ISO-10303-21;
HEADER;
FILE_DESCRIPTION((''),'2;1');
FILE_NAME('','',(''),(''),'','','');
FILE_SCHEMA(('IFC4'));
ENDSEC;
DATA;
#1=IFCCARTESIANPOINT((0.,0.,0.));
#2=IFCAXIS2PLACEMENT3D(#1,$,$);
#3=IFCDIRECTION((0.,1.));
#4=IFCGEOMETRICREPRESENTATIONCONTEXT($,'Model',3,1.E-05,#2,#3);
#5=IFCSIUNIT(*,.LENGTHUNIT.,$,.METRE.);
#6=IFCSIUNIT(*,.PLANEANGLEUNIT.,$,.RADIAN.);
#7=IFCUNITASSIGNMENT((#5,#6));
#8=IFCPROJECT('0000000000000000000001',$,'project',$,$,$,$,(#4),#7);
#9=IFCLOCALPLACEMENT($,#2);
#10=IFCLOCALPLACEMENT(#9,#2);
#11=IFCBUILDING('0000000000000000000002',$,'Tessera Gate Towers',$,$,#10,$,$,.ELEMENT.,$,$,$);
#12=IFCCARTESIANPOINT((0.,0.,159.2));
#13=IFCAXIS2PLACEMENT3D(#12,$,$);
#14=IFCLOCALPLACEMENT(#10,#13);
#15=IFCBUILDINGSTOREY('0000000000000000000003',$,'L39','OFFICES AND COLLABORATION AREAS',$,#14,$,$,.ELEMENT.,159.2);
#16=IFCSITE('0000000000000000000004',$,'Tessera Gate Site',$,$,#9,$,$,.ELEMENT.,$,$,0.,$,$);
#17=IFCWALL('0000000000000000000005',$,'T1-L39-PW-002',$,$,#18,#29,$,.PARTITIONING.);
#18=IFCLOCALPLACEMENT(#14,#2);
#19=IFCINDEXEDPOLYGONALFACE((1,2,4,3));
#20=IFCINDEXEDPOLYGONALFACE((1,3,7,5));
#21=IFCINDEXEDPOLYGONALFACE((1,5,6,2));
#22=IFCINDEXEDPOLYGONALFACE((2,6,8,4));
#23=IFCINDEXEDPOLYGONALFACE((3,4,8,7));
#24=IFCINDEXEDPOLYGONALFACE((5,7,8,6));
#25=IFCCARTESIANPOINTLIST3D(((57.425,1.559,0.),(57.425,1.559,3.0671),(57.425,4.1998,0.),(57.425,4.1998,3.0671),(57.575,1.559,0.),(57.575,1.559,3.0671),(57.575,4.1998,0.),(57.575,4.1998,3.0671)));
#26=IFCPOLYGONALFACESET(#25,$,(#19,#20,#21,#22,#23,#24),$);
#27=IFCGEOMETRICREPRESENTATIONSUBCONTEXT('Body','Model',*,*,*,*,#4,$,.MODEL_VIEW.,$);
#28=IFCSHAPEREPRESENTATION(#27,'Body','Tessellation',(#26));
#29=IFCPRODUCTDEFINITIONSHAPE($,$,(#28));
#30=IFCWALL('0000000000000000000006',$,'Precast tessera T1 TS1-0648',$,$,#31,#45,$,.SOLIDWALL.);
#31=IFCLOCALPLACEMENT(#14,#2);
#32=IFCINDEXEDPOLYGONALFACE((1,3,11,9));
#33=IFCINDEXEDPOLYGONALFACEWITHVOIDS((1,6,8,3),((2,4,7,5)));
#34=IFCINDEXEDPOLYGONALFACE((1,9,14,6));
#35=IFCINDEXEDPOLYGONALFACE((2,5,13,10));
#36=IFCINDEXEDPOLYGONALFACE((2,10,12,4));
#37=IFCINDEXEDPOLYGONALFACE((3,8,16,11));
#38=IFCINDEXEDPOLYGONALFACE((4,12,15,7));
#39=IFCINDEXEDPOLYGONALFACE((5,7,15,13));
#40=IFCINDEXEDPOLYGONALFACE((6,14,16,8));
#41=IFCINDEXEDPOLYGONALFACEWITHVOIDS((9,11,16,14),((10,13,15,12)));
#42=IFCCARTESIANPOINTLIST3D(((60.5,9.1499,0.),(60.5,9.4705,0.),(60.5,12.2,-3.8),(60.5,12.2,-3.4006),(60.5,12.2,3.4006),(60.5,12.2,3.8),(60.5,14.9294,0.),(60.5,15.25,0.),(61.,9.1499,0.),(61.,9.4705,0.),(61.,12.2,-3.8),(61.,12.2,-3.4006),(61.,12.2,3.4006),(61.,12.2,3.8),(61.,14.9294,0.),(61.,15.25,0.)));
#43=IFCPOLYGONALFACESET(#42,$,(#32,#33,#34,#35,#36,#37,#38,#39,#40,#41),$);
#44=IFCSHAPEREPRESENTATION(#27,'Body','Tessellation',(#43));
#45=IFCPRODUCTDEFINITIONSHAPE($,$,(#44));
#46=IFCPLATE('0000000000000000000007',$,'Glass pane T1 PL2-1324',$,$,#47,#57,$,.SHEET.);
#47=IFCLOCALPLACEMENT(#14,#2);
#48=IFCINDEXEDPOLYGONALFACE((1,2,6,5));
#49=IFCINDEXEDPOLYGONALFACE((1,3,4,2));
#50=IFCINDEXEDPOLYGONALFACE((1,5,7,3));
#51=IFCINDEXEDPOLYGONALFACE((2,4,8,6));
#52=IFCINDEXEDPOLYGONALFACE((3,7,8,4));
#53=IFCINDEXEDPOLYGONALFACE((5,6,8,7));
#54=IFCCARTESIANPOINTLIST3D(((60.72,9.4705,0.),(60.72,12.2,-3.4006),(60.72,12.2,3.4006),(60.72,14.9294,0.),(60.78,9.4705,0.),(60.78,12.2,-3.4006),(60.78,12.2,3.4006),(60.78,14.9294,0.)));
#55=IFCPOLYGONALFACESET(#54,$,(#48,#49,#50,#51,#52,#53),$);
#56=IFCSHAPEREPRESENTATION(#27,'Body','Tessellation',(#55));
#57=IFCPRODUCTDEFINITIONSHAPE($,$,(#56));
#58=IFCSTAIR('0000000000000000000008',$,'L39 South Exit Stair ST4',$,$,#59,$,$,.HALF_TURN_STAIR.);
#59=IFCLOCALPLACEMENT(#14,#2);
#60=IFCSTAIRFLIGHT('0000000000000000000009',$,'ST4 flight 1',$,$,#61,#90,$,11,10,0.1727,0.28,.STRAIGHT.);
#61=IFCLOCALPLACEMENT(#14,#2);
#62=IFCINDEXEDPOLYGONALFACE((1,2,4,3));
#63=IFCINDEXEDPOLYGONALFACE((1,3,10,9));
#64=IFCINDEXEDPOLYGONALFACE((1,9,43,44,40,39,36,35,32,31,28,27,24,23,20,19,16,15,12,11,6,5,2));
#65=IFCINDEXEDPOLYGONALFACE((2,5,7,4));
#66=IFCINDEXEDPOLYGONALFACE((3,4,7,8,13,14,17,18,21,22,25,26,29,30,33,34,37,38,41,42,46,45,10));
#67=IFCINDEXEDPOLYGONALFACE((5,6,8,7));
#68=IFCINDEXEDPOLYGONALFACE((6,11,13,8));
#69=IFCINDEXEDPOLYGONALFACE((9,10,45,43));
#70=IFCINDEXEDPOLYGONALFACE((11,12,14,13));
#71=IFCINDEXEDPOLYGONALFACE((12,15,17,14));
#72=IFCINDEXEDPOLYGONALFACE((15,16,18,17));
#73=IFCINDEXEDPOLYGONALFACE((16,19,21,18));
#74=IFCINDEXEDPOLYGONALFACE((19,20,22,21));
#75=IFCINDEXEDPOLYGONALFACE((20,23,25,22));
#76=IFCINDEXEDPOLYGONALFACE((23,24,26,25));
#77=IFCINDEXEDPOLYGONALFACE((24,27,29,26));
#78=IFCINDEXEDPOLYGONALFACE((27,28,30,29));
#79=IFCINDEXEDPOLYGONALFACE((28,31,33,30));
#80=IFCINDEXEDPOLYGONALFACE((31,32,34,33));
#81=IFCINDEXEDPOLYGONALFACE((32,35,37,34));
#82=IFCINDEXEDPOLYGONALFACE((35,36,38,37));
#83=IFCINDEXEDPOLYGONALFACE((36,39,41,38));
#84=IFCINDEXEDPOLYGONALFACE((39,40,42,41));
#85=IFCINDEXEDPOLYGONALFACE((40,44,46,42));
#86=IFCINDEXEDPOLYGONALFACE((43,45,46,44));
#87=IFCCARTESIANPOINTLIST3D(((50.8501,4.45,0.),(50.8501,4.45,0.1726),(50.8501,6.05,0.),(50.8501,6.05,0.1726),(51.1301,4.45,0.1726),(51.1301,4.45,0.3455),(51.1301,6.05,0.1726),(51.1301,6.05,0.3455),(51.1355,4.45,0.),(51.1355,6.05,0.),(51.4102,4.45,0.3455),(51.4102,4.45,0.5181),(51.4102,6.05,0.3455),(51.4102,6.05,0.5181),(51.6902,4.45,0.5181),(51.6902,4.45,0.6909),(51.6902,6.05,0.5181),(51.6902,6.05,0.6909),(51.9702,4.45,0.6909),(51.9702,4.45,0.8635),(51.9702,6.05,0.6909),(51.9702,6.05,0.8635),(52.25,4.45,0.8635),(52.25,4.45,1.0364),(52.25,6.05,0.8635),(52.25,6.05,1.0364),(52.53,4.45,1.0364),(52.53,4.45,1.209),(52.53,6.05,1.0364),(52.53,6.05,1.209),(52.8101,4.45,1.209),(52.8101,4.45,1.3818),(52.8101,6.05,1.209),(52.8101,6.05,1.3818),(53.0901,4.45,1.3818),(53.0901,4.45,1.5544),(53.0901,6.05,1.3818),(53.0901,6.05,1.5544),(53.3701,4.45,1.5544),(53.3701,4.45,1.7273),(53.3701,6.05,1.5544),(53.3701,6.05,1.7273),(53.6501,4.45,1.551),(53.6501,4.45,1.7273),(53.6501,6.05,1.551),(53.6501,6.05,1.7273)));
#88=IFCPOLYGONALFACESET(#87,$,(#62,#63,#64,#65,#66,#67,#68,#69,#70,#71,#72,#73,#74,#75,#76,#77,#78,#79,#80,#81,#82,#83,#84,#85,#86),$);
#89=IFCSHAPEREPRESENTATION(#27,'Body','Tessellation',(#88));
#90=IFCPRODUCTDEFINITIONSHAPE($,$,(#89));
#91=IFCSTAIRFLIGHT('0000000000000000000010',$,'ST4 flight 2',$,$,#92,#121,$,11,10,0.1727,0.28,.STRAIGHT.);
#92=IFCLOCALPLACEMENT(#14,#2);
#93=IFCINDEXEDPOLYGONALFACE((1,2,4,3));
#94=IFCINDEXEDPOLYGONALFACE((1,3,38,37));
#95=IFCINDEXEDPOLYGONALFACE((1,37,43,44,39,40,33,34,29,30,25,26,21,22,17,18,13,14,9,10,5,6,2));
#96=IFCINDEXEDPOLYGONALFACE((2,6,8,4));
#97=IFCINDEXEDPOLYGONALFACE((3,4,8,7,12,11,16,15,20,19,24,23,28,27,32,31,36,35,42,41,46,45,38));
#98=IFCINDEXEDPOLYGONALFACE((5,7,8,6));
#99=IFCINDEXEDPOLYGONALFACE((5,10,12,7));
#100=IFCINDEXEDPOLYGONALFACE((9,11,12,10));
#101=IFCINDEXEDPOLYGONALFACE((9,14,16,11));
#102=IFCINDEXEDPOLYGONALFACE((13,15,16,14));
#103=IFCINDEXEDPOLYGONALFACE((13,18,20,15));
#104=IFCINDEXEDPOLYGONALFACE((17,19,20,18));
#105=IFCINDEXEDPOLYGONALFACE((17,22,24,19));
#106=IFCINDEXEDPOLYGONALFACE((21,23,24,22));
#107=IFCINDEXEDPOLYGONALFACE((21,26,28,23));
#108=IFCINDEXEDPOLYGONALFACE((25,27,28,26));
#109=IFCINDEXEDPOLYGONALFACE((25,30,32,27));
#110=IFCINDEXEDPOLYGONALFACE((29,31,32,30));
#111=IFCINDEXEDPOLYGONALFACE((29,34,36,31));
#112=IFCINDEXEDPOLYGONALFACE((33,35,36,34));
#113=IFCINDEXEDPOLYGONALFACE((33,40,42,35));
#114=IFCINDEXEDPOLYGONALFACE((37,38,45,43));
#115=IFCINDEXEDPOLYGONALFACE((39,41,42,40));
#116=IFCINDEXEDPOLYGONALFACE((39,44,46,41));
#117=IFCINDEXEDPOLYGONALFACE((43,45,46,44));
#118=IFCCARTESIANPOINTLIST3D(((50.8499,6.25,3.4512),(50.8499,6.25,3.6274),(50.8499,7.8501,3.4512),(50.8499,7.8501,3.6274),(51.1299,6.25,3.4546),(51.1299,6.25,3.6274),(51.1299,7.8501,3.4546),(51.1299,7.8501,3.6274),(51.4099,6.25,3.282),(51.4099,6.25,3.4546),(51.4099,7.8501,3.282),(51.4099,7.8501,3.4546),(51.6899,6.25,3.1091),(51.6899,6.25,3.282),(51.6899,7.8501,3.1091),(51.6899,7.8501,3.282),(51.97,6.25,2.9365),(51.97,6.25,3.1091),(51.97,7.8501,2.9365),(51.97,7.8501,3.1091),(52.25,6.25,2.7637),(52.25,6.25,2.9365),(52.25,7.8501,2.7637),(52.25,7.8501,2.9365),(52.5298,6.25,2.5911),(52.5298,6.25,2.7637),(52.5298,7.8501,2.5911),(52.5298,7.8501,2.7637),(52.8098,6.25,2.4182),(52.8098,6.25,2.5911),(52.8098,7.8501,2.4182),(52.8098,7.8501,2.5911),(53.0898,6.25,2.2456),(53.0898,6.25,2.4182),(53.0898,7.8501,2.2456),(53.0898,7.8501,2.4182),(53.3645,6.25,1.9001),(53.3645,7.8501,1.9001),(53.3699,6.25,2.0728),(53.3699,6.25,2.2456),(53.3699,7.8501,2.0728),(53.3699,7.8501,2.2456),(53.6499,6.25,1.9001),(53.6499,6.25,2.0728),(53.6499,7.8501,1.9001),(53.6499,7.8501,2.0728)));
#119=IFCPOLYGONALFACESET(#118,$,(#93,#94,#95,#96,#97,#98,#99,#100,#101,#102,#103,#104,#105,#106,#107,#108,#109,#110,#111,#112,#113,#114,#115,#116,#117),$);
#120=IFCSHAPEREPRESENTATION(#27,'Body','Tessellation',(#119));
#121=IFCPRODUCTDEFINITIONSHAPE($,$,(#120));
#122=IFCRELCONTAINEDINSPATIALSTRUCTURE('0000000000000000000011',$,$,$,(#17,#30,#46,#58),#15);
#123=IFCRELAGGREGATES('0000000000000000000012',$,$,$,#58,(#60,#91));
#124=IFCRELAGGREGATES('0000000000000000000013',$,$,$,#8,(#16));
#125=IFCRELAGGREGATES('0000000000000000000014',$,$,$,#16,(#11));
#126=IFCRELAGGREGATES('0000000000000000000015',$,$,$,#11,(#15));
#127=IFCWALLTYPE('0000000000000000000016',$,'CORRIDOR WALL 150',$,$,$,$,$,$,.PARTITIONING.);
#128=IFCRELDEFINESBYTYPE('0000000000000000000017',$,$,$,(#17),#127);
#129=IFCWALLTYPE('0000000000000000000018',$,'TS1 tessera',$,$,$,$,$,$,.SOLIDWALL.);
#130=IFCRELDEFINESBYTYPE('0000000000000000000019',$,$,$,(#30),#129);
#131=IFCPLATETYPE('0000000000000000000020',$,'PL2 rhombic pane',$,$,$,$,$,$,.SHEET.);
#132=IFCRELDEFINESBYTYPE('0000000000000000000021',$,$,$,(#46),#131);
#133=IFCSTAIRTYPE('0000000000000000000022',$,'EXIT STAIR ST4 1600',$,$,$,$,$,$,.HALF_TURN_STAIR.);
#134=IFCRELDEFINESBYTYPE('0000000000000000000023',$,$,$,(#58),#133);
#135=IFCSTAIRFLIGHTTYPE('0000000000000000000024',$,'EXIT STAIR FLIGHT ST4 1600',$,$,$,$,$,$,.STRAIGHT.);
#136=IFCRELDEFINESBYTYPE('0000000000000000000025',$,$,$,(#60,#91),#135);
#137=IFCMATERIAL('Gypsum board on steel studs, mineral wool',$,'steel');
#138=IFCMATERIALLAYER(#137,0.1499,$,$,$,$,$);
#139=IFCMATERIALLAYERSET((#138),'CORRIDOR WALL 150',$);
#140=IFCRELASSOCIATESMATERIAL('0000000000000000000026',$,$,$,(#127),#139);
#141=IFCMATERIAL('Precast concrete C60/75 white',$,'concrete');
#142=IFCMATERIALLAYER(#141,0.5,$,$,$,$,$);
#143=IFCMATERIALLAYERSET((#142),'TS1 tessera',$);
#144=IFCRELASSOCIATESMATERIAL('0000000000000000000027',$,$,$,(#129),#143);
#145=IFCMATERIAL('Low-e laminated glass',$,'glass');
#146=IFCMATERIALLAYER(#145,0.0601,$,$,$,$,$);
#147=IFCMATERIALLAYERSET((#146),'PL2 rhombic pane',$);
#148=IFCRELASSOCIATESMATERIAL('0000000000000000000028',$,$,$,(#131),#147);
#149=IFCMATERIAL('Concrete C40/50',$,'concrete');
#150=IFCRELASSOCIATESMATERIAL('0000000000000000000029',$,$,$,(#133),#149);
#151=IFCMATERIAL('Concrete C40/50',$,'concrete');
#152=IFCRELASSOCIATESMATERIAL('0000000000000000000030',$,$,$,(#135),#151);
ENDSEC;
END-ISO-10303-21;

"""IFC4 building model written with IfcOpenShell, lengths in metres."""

from ifc_helpers import new_model, si_unit, direction, frame, frame_2d, origin, place, context, subcontext, project, spatial, polyline, rectangle, outline, extrude, source, transform, mapped, material, layer, layer_set, type_object, element, fill, aggregate, save


model = new_model("IFC4")

# Units and contexts
model_context = context("Model", 3, precision=1e-05, world=origin(), true_north=direction((0.0, 1.0)))
body_context = subcontext(model_context, "Body", "Model", "MODEL_VIEW")
ifc_project = project(units=[si_unit("LENGTHUNIT", "METRE"), si_unit("PLANEANGLEUNIT", "RADIAN")], contexts=[model_context])

# Site, building, storey
site_placement = place(None, origin())
site = spatial("IfcSite", under=ifc_project, at=site_placement, Name="Tessera Gate Site", CompositionType="ELEMENT", RefElevation=0.0)
building_placement = place(site_placement, origin())
building = spatial("IfcBuilding", under=site, at=building_placement, Name="Tessera Gate Towers", CompositionType="ELEMENT")
storey_placement = place(building_placement, frame((0.0, 0.0, 159.2)))
storey = spatial("IfcBuildingStorey", under=building, at=storey_placement, Name="L39", Description="OFFICES AND COLLABORATION AREAS", CompositionType="ELEMENT", Elevation=159.2)

# Wall
ifc_material_1 = material(Name="Gypsum board on steel studs, mineral wool", Category="steel")
ifc_layer_1 = layer(ifc_material_1, 0.1499)
ifc_layer_set_1 = layer_set([ifc_layer_1], Name="CORRIDOR WALL 150")
wall_type_1 = type_object("IfcWallType", Name="CORRIDOR WALL 150", PredefinedType="PARTITIONING", material=ifc_layer_set_1)
wall_1_placement = place(storey_placement, frame((57.5, 1.5591, 0.0), z_axis=(0.0, 0.0, 1.0), x_axis=(0.0, 1.0, 0.0)))
element("IfcWall", 1, at=wall_1_placement, inside=storey, type_object=wall_type_1, Name="T1-L39-PW-002", PredefinedType="PARTITIONING", context=body_context, shape_type="SweptSolid", body=[
    extrude(rectangle(XDim=2.6409, YDim=0.1499, at=frame_2d((1.3203, 0.0))), origin(), (0.0, 0.0, 1.0), 3.0671),
])

# Wall, opening, plate
ifc_material_2 = material(Name="Precast concrete C60/75 white", Category="concrete")
ifc_layer_2 = layer(ifc_material_2, 0.5)
ifc_layer_set_2 = layer_set([ifc_layer_2], Name="TS1 tessera")
wall_type_2 = type_object("IfcWallType", Name="TS1 tessera", PredefinedType="SOLIDWALL", material=ifc_layer_set_2)
shared_shape_1 = source(origin(), body_context, "Body", "SweptSolid", [
    extrude(outline(polyline([(3.05, 0.0), (6.1001, 3.8), (3.05, 7.6001), (0.0, 3.8), (3.05, 0.0)])), frame((0.0, 0.25, 0.0), z_axis=(0.0, -1.0, 0.0), x_axis=(1.0, 0.0, 0.0)), (0.0, 0.0, 1.0), 0.5),
])
wall_2_placement = place(storey_placement, frame((60.75, 9.1499, -3.8), z_axis=(0.0, 0.0, 1.0), x_axis=(0.0, 1.0, 0.0)))
wall_2 = element("IfcWall", 2, at=wall_2_placement, inside=storey, type_object=wall_type_2, Name="Precast tessera T1 TS1-0648", PredefinedType="SOLIDWALL", context=body_context, shape_type="MappedRepresentation", body=[
    mapped(shared_shape_1, transform((0.0, 0.0, 0.0), scale=1.0)),
])
shared_shape_2 = source(origin(), body_context, "Body", "SweptSolid", [
    extrude(outline(polyline([(3.05, 0.3994), (5.7795, 3.8), (3.05, 7.2007), (0.3206, 3.8), (3.05, 0.3994)])), frame((0.0, 0.26, 0.0), z_axis=(0.0, -1.0, 0.0), x_axis=(1.0, 0.0, 0.0)), (0.0, 0.0, 1.0), 0.52),
])
opening_1_placement = place(wall_2_placement, origin())
opening_1 = element("IfcOpeningElement", 3, at=opening_1_placement, cuts=wall_2, PredefinedType="OPENING", context=body_context, shape_type="MappedRepresentation", body=[
    mapped(shared_shape_2, transform((0.0, 0.0, 0.0), scale=1.0)),
])
ifc_material_3 = material(Name="Low-e laminated glass", Category="glass")
ifc_layer_3 = layer(ifc_material_3, 0.0601)
ifc_layer_set_3 = layer_set([ifc_layer_3], Name="PL2 rhombic pane")
plate_type = type_object("IfcPlateType", Name="PL2 rhombic pane", PredefinedType="SHEET", material=ifc_layer_set_3)
shared_shape_3 = source(origin(), body_context, "Body", "SweptSolid", [
    extrude(outline(polyline([(3.05, 0.3994), (5.7795, 3.8), (3.05, 7.2007), (0.3206, 3.8), (3.05, 0.3994)])), frame((0.0, 0.03, 0.0), z_axis=(0.0, -1.0, 0.0), x_axis=(1.0, 0.0, 0.0)), (0.0, 0.0, 1.0), 0.0601),
])
plate_placement = place(opening_1_placement, origin())
plate = element("IfcPlate", 4, at=plate_placement, inside=storey, type_object=plate_type, Name="Glass pane T1 PL2-1324", PredefinedType="SHEET", context=body_context, shape_type="MappedRepresentation", body=[
    mapped(shared_shape_3, transform((0.0, 0.0, 0.0), scale=1.0)),
])
fill(opening_1, plate)

# Stair, stair flights
ifc_material_4 = material(Name="Concrete C40/50", Category="concrete")
stair_type = type_object("IfcStairType", Name="EXIT STAIR ST4 1600", PredefinedType="HALF_TURN_STAIR", material=ifc_material_4)
stair_placement = place(storey_placement, origin())
stair = element("IfcStair", 5, at=stair_placement, inside=storey, type_object=stair_type, Name="L39 South Exit Stair ST4", PredefinedType="HALF_TURN_STAIR")
ifc_material_5 = material(Name="Concrete C40/50", Category="concrete")
stair_flight_type = type_object("IfcStairFlightType", Name="EXIT STAIR FLIGHT ST4 1600", PredefinedType="STRAIGHT", material=ifc_material_5)
stair_flight_1_placement = place(storey_placement, frame((50.8501, 5.25, 0.0), z_axis=(0.0, 0.0, 1.0), x_axis=(1.0, 0.0, 0.0)))
stair_flight_1 = element("IfcStairFlight", 6, at=stair_flight_1_placement, type_object=stair_flight_type, Name="ST4 flight 1", NumberOfRisers=11, NumberOfTreads=10, PredefinedType="STRAIGHT", RiserHeight=0.1727, TreadLength=0.28, context=body_context, shape_type="SweptSolid", body=[
    extrude(outline(polyline([(0.0, 0.0), (0.0, 0.1726), (0.28, 0.1726), (0.28, 0.3455), (0.5601, 0.3455), (0.5601, 0.5181), (0.8401, 0.5181), (0.8401, 0.6909), (1.1201, 0.6909), (1.1201, 0.8635), (1.3999, 0.8635), (1.3999, 1.0364), (1.6799, 1.0364), (1.6799, 1.209), (1.96, 1.209), (1.96, 1.3818), (2.24, 1.3818), (2.24, 1.5544), (2.52, 1.5544), (2.52, 1.7273), (2.8, 1.7273), (2.8, 1.8999), (2.8, 1.551), (0.2854, 0.0), (0.0, 0.0)])), frame((0.0, 0.8, 0.0), z_axis=(0.0, -1.0, 0.0), x_axis=(1.0, 0.0, 0.0)), (0.0, 0.0, 1.0), 1.6001),
])
stair_flight_2_placement = place(storey_placement, frame((53.6499, 7.05, 1.9001), z_axis=(0.0, 0.0, 1.0), x_axis=(-1.0, 0.0, 0.0)))
stair_flight_2 = element("IfcStairFlight", 7, at=stair_flight_2_placement, type_object=stair_flight_type, Name="ST4 flight 2", NumberOfRisers=11, NumberOfTreads=10, PredefinedType="STRAIGHT", RiserHeight=0.1727, TreadLength=0.28, context=body_context, shape_type="SweptSolid", body=[
    extrude(outline(polyline([(0.0, 0.0), (0.0, 0.1726), (0.28, 0.1726), (0.28, 0.3455), (0.5601, 0.3455), (0.5601, 0.5181), (0.8401, 0.5181), (0.8401, 0.6909), (1.1201, 0.6909), (1.1201, 0.8635), (1.3999, 0.8635), (1.3999, 1.0364), (1.6799, 1.0364), (1.6799, 1.209), (1.96, 1.209), (1.96, 1.3818), (2.24, 1.3818), (2.24, 1.5544), (2.52, 1.5544), (2.52, 1.7273), (2.8, 1.7273), (2.8, 1.8999), (2.8, 1.551), (0.2854, 0.0), (0.0, 0.0)])), frame((0.0, 0.8, 0.0), z_axis=(0.0, -1.0, 0.0), x_axis=(1.0, 0.0, 0.0)), (0.0, 0.0, 1.0), 1.6001),
])
aggregate(stair, [stair_flight_1, stair_flight_2])

save(model, "model.ifc")
